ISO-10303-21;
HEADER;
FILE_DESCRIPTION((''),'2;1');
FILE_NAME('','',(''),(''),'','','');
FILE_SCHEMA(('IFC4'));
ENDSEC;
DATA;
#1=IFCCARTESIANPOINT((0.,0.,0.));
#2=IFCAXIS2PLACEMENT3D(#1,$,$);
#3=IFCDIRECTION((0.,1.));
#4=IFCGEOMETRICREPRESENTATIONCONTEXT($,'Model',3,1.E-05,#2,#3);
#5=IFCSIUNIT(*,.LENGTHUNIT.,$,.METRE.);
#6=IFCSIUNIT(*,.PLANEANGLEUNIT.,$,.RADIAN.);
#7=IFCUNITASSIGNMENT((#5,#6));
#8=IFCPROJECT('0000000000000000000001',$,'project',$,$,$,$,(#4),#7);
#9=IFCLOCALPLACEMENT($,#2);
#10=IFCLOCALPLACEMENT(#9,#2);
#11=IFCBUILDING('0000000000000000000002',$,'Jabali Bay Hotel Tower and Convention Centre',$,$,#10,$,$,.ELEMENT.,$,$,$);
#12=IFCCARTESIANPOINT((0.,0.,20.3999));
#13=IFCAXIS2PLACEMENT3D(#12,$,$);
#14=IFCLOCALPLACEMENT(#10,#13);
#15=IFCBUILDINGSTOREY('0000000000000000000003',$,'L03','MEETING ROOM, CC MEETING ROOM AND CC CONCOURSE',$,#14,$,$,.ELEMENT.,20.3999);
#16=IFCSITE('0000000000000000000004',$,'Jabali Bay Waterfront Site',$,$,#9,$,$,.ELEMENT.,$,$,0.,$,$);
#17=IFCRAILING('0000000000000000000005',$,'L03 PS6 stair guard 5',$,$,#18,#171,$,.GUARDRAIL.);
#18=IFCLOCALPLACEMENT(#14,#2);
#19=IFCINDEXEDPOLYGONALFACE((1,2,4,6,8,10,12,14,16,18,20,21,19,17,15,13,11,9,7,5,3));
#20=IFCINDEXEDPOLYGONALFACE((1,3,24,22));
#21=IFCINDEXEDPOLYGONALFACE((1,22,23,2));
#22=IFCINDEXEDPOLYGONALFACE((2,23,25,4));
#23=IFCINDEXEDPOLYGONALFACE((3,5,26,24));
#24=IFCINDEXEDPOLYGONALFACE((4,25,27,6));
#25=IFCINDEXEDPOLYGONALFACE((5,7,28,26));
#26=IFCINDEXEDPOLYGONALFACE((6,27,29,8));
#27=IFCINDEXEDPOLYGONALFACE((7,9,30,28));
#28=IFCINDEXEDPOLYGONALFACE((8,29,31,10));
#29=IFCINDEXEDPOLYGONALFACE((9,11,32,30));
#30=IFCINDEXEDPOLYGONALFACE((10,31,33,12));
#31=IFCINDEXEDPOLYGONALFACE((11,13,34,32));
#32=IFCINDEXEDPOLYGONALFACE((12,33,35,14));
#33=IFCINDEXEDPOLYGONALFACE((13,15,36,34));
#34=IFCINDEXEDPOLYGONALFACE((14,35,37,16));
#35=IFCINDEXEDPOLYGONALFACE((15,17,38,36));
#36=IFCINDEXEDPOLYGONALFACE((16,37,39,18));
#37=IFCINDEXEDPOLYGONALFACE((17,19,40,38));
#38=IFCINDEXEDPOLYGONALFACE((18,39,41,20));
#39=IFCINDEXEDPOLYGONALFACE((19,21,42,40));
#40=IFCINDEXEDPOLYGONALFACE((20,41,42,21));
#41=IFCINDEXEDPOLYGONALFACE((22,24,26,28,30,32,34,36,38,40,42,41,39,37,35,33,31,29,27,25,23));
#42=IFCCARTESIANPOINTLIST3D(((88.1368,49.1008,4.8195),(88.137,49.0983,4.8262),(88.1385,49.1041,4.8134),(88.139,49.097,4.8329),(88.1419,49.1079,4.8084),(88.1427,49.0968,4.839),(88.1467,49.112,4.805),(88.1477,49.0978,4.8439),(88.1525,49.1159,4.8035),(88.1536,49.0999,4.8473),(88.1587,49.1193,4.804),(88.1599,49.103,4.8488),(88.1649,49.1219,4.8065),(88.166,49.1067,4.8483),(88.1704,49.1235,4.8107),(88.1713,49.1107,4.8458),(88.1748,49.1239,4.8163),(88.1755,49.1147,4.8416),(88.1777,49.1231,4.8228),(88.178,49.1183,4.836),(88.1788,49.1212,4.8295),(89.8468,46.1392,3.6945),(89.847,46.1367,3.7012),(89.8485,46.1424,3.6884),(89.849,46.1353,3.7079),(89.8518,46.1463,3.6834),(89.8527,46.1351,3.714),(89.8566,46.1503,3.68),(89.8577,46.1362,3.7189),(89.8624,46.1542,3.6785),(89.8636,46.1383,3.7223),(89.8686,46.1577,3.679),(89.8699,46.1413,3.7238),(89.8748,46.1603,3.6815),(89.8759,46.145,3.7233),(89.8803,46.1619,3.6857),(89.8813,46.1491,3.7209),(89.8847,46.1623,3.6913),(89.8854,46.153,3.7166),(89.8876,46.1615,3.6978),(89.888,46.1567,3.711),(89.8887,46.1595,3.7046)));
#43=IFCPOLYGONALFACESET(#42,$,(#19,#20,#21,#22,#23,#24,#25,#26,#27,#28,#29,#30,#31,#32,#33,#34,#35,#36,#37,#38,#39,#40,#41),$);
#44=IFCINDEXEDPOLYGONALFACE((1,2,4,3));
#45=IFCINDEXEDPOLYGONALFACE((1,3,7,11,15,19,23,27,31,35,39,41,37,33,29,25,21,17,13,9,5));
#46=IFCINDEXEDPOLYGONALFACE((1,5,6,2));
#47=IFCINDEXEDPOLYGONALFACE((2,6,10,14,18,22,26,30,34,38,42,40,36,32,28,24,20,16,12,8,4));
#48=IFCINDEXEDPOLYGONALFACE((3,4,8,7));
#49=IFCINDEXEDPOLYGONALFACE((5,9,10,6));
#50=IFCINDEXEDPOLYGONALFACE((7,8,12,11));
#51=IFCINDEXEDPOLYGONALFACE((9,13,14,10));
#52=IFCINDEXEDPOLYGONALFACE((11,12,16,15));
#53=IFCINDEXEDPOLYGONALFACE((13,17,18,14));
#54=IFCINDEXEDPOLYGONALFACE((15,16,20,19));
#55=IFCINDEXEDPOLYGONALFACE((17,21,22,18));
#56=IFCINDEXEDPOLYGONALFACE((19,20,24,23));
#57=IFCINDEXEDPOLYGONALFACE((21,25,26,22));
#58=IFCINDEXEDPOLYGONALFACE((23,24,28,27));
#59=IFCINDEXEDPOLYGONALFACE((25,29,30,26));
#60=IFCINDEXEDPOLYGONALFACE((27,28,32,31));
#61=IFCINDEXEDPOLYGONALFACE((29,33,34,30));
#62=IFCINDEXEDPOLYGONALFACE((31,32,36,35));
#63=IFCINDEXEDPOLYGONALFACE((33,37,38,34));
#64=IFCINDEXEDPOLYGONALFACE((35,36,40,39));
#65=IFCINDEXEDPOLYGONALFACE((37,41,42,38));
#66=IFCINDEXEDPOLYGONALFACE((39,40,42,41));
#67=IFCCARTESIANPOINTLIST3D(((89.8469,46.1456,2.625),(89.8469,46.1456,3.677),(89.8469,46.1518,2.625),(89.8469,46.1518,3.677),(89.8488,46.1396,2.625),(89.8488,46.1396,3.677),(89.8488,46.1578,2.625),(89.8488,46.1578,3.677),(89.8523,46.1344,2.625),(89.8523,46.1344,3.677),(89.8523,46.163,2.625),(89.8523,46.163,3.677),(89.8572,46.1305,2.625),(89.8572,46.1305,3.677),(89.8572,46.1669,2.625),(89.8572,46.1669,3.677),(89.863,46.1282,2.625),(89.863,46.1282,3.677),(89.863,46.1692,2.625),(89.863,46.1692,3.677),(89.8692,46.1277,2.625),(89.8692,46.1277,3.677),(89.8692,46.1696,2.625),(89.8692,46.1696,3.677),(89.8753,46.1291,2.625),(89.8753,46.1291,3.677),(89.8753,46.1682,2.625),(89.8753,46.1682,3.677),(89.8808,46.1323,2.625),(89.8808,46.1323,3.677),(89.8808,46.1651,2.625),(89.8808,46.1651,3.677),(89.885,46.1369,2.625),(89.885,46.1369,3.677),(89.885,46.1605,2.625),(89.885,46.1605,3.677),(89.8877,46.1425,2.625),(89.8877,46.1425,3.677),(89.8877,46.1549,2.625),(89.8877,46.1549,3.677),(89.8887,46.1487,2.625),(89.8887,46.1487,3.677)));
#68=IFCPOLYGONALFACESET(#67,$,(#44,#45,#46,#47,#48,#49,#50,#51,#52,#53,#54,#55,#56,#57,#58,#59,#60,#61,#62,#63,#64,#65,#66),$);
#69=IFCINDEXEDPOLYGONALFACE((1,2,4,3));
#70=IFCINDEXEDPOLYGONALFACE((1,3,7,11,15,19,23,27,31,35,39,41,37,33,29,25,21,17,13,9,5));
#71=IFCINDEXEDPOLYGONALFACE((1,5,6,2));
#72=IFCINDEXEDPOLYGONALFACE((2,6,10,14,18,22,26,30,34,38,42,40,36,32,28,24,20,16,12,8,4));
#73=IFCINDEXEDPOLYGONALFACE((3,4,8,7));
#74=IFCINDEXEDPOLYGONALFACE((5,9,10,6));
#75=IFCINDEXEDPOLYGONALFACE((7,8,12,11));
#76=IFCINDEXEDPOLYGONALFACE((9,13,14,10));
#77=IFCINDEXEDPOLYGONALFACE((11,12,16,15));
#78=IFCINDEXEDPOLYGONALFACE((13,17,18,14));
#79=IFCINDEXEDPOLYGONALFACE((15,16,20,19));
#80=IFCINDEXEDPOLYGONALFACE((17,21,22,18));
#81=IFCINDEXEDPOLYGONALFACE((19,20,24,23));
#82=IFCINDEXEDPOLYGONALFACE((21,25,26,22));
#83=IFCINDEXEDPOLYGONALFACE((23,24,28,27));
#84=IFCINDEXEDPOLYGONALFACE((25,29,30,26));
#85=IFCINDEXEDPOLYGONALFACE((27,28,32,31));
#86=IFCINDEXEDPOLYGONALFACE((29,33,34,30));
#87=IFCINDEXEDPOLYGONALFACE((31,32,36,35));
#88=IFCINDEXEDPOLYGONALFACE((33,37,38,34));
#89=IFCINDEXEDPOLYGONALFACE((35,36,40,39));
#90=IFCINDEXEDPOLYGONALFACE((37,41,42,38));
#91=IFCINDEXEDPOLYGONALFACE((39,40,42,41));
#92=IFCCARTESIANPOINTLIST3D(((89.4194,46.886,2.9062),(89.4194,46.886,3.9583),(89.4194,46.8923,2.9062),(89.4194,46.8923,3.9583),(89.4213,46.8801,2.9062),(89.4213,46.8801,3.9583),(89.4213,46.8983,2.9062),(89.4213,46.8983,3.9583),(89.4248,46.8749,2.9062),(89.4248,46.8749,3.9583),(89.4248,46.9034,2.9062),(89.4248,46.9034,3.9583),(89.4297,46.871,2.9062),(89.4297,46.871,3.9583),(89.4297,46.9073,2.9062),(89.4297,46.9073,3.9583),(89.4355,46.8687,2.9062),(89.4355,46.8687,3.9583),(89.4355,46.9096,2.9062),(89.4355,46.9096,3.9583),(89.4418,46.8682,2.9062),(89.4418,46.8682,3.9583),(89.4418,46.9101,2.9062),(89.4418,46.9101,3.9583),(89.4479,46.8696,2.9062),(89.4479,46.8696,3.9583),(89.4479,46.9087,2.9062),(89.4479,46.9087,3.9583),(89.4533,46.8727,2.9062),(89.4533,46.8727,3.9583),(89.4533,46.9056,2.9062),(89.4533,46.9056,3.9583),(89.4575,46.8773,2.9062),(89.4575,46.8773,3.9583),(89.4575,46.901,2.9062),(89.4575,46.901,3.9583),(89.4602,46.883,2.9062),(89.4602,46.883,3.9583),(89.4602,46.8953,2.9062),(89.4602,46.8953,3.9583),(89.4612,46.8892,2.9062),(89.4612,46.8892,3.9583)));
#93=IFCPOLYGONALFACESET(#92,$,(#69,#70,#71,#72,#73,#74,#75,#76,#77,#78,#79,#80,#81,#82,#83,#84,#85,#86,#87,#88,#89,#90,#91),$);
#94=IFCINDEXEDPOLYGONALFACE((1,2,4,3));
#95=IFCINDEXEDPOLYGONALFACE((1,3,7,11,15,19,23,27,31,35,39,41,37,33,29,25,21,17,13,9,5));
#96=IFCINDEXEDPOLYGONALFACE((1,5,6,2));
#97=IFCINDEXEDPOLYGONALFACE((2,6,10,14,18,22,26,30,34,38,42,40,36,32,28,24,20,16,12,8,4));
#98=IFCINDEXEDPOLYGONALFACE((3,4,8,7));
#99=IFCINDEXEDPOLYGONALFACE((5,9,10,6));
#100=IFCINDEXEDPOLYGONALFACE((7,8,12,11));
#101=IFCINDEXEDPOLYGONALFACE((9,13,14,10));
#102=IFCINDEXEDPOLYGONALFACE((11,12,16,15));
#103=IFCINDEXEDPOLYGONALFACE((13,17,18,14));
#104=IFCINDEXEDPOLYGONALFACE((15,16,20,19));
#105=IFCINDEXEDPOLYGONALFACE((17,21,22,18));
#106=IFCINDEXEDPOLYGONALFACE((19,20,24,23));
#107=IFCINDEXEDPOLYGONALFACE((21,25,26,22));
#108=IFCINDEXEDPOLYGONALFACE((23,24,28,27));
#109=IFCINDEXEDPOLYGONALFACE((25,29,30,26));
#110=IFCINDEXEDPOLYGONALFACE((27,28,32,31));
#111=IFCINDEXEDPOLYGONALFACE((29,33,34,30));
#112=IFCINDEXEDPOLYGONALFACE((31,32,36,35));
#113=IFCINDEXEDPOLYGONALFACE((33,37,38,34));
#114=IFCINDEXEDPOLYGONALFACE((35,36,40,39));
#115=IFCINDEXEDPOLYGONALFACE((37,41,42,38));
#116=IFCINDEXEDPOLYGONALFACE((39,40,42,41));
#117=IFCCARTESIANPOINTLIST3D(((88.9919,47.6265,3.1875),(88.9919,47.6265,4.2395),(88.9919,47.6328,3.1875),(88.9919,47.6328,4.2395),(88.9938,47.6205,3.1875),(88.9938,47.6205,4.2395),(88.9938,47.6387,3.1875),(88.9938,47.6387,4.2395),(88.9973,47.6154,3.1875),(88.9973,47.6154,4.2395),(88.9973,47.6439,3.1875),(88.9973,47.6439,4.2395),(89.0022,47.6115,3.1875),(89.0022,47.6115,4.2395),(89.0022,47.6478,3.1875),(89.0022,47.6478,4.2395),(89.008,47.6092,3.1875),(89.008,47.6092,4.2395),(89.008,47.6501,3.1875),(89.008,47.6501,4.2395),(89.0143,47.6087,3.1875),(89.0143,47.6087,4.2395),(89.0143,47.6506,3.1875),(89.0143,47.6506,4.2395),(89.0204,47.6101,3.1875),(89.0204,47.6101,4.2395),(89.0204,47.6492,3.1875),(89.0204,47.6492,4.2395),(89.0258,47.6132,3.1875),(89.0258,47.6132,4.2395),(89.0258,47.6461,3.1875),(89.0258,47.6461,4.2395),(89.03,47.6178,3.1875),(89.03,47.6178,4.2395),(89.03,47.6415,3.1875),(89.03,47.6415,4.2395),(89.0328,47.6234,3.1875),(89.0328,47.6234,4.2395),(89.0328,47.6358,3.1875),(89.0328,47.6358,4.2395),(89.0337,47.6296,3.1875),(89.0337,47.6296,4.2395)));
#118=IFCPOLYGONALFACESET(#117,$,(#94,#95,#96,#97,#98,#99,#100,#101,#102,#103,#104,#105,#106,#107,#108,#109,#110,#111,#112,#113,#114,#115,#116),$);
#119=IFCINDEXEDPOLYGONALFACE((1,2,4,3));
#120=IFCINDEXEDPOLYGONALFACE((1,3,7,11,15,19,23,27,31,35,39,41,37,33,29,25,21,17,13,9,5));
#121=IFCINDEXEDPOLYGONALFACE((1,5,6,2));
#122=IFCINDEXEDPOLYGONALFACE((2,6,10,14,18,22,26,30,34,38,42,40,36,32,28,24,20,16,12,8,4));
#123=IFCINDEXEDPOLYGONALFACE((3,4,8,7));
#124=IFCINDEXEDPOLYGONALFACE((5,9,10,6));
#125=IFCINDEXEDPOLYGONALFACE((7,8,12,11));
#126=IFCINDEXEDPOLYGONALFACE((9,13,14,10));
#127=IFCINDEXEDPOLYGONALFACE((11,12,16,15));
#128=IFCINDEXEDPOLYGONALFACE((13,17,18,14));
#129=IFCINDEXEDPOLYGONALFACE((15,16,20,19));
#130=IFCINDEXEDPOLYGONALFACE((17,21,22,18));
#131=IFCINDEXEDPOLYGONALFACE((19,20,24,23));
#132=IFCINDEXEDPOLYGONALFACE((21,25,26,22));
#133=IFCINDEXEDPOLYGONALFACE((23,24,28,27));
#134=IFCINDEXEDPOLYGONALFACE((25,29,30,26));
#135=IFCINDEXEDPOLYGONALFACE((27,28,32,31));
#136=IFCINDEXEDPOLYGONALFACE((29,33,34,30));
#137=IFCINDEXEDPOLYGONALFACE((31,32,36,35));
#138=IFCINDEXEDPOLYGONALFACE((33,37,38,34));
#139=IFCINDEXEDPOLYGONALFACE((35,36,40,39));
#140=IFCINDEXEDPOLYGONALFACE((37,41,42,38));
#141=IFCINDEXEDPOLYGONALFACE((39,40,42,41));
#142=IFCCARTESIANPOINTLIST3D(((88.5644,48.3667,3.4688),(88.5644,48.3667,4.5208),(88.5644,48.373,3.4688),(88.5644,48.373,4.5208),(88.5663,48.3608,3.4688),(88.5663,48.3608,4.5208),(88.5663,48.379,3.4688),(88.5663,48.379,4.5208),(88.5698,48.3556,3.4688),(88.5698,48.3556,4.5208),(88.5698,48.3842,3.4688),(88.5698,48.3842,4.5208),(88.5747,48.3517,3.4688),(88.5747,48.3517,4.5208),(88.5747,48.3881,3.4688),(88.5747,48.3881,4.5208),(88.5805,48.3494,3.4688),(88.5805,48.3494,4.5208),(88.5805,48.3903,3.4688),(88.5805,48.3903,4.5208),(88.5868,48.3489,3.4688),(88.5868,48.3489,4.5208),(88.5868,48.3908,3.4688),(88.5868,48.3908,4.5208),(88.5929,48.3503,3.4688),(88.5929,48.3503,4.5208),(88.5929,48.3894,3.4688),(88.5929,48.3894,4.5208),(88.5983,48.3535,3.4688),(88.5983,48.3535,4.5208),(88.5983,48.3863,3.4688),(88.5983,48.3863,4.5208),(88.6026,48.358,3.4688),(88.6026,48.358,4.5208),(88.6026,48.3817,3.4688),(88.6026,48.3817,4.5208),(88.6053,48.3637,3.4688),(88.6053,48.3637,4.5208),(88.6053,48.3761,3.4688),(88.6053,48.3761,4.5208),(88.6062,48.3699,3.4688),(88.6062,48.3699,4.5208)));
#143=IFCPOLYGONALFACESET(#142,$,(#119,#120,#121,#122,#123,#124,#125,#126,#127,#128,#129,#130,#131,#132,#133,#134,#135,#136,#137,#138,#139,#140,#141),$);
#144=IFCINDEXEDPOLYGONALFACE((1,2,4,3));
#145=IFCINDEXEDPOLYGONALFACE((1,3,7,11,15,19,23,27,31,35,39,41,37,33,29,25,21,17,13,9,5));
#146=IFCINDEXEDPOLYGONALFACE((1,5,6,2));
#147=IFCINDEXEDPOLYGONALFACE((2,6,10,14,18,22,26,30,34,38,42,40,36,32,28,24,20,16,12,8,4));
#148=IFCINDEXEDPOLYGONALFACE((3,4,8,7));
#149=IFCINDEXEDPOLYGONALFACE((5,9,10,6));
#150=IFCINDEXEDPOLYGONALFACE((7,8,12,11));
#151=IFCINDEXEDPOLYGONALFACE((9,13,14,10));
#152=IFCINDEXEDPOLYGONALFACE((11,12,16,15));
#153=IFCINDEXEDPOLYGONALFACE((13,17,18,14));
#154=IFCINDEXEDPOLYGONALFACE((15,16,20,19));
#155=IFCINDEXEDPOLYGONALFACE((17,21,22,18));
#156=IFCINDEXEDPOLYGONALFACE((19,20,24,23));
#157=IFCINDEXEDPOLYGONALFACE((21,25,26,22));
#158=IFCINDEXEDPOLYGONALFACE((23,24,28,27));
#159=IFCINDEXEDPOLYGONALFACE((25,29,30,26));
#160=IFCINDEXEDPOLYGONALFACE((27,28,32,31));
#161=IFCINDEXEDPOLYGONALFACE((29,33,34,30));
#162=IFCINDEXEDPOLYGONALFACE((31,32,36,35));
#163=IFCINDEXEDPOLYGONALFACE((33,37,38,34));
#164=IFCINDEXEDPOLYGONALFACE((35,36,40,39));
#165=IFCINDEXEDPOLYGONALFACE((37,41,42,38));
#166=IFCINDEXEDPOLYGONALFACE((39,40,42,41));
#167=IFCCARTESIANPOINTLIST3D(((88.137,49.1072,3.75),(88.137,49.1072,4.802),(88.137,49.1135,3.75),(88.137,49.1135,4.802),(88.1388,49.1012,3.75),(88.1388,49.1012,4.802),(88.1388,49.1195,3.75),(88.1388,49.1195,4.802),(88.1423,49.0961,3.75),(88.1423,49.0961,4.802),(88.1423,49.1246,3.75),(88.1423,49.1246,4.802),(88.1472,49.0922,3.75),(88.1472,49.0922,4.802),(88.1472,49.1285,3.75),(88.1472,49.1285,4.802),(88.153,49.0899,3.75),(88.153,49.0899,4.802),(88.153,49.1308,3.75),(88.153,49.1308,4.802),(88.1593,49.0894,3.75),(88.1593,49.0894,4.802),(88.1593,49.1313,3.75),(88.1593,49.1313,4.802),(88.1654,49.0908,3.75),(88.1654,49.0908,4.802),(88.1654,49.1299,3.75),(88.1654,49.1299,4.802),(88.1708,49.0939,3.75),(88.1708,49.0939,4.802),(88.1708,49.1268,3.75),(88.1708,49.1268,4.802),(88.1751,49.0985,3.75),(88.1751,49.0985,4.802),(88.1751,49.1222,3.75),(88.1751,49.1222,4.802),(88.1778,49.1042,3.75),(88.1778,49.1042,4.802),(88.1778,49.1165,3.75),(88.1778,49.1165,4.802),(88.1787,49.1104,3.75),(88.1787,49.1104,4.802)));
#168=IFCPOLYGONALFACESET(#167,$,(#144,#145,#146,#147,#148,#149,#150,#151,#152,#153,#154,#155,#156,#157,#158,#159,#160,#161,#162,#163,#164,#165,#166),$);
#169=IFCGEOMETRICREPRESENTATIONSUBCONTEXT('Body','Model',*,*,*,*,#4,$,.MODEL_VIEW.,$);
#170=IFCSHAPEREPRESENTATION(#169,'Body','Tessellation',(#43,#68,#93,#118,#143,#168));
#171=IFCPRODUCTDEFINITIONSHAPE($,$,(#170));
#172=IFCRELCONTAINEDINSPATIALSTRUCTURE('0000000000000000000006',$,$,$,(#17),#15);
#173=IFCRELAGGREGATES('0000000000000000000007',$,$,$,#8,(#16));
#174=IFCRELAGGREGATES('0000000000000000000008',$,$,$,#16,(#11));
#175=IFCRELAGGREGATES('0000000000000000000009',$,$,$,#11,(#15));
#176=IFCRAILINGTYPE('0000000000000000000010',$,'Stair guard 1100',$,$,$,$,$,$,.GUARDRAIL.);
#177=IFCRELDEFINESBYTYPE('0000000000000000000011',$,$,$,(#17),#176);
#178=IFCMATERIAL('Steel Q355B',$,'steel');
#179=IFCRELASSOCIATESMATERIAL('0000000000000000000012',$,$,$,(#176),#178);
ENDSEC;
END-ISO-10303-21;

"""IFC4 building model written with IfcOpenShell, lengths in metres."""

from ifc_helpers import new_model, si_unit, direction, frame, origin, origin_2d, place, context, subcontext, project, spatial, circle, extrude, material, type_object, element, save


model = new_model("IFC4")

# Units and contexts
model_context = context("Model", 3, precision=1e-05, world=origin(), true_north=direction((0.0, 1.0)))
body_context = subcontext(model_context, "Body", "Model", "MODEL_VIEW")
ifc_project = project(units=[si_unit("LENGTHUNIT", "METRE"), si_unit("PLANEANGLEUNIT", "RADIAN")], contexts=[model_context])

# Site, building, storey
site_placement = place(None, origin())
site = spatial("IfcSite", under=ifc_project, at=site_placement, Name="Jabali Bay Waterfront Site", CompositionType="ELEMENT", RefElevation=0.0)
building_placement = place(site_placement, origin())
building = spatial("IfcBuilding", under=site, at=building_placement, Name="Jabali Bay Hotel Tower and Convention Centre", CompositionType="ELEMENT")
storey_placement = place(building_placement, frame((0.0, 0.0, 20.3999)))
storey = spatial("IfcBuildingStorey", under=building, at=storey_placement, Name="L03", Description="MEETING ROOM, CC MEETING ROOM AND CC CONCOURSE", CompositionType="ELEMENT", Elevation=20.3999)

# Railing
ifc_material_1 = material(Name="Steel Q355B", Category="steel")
railing_type_1 = type_object("IfcRailingType", Name="Stair guard 1100", PredefinedType="GUARDRAIL", material=ifc_material_1)
railing_1_placement = place(storey_placement, frame((89.8677, 46.1487, 2.625)))
element("IfcRailing", 1, at=railing_1_placement, inside=storey, type_object=railing_type_1, Name="L03 PS6 stair guard 5", PredefinedType="GUARDRAIL", context=body_context, shape_type="SweptSolid", body=[
    extrude(circle(Radius=0.0239, at=origin_2d()), frame((0.0, 0.0, 1.0762), z_axis=(-0.474969, 0.822652, 0.312487), x_axis=(-0.86602, -0.500009, 0.0)), (0.0, 0.0, 1.0), 3.6001),
    extrude(circle(Radius=0.021, at=origin_2d()), origin(), (0.0, 0.0, 1.0), 1.052),
    extrude(circle(Radius=0.021, at=origin_2d()), frame((-0.4275, 0.7405, 0.2812)), (0.0, 0.0, 1.0), 1.052),
    extrude(circle(Radius=0.021, at=origin_2d()), frame((-0.855, 1.481, 0.5625)), (0.0, 0.0, 1.0), 1.052),
    extrude(circle(Radius=0.021, at=origin_2d()), frame((-1.2825, 2.2212, 0.8438)), (0.0, 0.0, 1.0), 1.052),
    extrude(circle(Radius=0.021, at=origin_2d()), frame((-1.71, 2.9617, 1.125)), (0.0, 0.0, 1.0), 1.052),
])

save(model, "model.ifc")
